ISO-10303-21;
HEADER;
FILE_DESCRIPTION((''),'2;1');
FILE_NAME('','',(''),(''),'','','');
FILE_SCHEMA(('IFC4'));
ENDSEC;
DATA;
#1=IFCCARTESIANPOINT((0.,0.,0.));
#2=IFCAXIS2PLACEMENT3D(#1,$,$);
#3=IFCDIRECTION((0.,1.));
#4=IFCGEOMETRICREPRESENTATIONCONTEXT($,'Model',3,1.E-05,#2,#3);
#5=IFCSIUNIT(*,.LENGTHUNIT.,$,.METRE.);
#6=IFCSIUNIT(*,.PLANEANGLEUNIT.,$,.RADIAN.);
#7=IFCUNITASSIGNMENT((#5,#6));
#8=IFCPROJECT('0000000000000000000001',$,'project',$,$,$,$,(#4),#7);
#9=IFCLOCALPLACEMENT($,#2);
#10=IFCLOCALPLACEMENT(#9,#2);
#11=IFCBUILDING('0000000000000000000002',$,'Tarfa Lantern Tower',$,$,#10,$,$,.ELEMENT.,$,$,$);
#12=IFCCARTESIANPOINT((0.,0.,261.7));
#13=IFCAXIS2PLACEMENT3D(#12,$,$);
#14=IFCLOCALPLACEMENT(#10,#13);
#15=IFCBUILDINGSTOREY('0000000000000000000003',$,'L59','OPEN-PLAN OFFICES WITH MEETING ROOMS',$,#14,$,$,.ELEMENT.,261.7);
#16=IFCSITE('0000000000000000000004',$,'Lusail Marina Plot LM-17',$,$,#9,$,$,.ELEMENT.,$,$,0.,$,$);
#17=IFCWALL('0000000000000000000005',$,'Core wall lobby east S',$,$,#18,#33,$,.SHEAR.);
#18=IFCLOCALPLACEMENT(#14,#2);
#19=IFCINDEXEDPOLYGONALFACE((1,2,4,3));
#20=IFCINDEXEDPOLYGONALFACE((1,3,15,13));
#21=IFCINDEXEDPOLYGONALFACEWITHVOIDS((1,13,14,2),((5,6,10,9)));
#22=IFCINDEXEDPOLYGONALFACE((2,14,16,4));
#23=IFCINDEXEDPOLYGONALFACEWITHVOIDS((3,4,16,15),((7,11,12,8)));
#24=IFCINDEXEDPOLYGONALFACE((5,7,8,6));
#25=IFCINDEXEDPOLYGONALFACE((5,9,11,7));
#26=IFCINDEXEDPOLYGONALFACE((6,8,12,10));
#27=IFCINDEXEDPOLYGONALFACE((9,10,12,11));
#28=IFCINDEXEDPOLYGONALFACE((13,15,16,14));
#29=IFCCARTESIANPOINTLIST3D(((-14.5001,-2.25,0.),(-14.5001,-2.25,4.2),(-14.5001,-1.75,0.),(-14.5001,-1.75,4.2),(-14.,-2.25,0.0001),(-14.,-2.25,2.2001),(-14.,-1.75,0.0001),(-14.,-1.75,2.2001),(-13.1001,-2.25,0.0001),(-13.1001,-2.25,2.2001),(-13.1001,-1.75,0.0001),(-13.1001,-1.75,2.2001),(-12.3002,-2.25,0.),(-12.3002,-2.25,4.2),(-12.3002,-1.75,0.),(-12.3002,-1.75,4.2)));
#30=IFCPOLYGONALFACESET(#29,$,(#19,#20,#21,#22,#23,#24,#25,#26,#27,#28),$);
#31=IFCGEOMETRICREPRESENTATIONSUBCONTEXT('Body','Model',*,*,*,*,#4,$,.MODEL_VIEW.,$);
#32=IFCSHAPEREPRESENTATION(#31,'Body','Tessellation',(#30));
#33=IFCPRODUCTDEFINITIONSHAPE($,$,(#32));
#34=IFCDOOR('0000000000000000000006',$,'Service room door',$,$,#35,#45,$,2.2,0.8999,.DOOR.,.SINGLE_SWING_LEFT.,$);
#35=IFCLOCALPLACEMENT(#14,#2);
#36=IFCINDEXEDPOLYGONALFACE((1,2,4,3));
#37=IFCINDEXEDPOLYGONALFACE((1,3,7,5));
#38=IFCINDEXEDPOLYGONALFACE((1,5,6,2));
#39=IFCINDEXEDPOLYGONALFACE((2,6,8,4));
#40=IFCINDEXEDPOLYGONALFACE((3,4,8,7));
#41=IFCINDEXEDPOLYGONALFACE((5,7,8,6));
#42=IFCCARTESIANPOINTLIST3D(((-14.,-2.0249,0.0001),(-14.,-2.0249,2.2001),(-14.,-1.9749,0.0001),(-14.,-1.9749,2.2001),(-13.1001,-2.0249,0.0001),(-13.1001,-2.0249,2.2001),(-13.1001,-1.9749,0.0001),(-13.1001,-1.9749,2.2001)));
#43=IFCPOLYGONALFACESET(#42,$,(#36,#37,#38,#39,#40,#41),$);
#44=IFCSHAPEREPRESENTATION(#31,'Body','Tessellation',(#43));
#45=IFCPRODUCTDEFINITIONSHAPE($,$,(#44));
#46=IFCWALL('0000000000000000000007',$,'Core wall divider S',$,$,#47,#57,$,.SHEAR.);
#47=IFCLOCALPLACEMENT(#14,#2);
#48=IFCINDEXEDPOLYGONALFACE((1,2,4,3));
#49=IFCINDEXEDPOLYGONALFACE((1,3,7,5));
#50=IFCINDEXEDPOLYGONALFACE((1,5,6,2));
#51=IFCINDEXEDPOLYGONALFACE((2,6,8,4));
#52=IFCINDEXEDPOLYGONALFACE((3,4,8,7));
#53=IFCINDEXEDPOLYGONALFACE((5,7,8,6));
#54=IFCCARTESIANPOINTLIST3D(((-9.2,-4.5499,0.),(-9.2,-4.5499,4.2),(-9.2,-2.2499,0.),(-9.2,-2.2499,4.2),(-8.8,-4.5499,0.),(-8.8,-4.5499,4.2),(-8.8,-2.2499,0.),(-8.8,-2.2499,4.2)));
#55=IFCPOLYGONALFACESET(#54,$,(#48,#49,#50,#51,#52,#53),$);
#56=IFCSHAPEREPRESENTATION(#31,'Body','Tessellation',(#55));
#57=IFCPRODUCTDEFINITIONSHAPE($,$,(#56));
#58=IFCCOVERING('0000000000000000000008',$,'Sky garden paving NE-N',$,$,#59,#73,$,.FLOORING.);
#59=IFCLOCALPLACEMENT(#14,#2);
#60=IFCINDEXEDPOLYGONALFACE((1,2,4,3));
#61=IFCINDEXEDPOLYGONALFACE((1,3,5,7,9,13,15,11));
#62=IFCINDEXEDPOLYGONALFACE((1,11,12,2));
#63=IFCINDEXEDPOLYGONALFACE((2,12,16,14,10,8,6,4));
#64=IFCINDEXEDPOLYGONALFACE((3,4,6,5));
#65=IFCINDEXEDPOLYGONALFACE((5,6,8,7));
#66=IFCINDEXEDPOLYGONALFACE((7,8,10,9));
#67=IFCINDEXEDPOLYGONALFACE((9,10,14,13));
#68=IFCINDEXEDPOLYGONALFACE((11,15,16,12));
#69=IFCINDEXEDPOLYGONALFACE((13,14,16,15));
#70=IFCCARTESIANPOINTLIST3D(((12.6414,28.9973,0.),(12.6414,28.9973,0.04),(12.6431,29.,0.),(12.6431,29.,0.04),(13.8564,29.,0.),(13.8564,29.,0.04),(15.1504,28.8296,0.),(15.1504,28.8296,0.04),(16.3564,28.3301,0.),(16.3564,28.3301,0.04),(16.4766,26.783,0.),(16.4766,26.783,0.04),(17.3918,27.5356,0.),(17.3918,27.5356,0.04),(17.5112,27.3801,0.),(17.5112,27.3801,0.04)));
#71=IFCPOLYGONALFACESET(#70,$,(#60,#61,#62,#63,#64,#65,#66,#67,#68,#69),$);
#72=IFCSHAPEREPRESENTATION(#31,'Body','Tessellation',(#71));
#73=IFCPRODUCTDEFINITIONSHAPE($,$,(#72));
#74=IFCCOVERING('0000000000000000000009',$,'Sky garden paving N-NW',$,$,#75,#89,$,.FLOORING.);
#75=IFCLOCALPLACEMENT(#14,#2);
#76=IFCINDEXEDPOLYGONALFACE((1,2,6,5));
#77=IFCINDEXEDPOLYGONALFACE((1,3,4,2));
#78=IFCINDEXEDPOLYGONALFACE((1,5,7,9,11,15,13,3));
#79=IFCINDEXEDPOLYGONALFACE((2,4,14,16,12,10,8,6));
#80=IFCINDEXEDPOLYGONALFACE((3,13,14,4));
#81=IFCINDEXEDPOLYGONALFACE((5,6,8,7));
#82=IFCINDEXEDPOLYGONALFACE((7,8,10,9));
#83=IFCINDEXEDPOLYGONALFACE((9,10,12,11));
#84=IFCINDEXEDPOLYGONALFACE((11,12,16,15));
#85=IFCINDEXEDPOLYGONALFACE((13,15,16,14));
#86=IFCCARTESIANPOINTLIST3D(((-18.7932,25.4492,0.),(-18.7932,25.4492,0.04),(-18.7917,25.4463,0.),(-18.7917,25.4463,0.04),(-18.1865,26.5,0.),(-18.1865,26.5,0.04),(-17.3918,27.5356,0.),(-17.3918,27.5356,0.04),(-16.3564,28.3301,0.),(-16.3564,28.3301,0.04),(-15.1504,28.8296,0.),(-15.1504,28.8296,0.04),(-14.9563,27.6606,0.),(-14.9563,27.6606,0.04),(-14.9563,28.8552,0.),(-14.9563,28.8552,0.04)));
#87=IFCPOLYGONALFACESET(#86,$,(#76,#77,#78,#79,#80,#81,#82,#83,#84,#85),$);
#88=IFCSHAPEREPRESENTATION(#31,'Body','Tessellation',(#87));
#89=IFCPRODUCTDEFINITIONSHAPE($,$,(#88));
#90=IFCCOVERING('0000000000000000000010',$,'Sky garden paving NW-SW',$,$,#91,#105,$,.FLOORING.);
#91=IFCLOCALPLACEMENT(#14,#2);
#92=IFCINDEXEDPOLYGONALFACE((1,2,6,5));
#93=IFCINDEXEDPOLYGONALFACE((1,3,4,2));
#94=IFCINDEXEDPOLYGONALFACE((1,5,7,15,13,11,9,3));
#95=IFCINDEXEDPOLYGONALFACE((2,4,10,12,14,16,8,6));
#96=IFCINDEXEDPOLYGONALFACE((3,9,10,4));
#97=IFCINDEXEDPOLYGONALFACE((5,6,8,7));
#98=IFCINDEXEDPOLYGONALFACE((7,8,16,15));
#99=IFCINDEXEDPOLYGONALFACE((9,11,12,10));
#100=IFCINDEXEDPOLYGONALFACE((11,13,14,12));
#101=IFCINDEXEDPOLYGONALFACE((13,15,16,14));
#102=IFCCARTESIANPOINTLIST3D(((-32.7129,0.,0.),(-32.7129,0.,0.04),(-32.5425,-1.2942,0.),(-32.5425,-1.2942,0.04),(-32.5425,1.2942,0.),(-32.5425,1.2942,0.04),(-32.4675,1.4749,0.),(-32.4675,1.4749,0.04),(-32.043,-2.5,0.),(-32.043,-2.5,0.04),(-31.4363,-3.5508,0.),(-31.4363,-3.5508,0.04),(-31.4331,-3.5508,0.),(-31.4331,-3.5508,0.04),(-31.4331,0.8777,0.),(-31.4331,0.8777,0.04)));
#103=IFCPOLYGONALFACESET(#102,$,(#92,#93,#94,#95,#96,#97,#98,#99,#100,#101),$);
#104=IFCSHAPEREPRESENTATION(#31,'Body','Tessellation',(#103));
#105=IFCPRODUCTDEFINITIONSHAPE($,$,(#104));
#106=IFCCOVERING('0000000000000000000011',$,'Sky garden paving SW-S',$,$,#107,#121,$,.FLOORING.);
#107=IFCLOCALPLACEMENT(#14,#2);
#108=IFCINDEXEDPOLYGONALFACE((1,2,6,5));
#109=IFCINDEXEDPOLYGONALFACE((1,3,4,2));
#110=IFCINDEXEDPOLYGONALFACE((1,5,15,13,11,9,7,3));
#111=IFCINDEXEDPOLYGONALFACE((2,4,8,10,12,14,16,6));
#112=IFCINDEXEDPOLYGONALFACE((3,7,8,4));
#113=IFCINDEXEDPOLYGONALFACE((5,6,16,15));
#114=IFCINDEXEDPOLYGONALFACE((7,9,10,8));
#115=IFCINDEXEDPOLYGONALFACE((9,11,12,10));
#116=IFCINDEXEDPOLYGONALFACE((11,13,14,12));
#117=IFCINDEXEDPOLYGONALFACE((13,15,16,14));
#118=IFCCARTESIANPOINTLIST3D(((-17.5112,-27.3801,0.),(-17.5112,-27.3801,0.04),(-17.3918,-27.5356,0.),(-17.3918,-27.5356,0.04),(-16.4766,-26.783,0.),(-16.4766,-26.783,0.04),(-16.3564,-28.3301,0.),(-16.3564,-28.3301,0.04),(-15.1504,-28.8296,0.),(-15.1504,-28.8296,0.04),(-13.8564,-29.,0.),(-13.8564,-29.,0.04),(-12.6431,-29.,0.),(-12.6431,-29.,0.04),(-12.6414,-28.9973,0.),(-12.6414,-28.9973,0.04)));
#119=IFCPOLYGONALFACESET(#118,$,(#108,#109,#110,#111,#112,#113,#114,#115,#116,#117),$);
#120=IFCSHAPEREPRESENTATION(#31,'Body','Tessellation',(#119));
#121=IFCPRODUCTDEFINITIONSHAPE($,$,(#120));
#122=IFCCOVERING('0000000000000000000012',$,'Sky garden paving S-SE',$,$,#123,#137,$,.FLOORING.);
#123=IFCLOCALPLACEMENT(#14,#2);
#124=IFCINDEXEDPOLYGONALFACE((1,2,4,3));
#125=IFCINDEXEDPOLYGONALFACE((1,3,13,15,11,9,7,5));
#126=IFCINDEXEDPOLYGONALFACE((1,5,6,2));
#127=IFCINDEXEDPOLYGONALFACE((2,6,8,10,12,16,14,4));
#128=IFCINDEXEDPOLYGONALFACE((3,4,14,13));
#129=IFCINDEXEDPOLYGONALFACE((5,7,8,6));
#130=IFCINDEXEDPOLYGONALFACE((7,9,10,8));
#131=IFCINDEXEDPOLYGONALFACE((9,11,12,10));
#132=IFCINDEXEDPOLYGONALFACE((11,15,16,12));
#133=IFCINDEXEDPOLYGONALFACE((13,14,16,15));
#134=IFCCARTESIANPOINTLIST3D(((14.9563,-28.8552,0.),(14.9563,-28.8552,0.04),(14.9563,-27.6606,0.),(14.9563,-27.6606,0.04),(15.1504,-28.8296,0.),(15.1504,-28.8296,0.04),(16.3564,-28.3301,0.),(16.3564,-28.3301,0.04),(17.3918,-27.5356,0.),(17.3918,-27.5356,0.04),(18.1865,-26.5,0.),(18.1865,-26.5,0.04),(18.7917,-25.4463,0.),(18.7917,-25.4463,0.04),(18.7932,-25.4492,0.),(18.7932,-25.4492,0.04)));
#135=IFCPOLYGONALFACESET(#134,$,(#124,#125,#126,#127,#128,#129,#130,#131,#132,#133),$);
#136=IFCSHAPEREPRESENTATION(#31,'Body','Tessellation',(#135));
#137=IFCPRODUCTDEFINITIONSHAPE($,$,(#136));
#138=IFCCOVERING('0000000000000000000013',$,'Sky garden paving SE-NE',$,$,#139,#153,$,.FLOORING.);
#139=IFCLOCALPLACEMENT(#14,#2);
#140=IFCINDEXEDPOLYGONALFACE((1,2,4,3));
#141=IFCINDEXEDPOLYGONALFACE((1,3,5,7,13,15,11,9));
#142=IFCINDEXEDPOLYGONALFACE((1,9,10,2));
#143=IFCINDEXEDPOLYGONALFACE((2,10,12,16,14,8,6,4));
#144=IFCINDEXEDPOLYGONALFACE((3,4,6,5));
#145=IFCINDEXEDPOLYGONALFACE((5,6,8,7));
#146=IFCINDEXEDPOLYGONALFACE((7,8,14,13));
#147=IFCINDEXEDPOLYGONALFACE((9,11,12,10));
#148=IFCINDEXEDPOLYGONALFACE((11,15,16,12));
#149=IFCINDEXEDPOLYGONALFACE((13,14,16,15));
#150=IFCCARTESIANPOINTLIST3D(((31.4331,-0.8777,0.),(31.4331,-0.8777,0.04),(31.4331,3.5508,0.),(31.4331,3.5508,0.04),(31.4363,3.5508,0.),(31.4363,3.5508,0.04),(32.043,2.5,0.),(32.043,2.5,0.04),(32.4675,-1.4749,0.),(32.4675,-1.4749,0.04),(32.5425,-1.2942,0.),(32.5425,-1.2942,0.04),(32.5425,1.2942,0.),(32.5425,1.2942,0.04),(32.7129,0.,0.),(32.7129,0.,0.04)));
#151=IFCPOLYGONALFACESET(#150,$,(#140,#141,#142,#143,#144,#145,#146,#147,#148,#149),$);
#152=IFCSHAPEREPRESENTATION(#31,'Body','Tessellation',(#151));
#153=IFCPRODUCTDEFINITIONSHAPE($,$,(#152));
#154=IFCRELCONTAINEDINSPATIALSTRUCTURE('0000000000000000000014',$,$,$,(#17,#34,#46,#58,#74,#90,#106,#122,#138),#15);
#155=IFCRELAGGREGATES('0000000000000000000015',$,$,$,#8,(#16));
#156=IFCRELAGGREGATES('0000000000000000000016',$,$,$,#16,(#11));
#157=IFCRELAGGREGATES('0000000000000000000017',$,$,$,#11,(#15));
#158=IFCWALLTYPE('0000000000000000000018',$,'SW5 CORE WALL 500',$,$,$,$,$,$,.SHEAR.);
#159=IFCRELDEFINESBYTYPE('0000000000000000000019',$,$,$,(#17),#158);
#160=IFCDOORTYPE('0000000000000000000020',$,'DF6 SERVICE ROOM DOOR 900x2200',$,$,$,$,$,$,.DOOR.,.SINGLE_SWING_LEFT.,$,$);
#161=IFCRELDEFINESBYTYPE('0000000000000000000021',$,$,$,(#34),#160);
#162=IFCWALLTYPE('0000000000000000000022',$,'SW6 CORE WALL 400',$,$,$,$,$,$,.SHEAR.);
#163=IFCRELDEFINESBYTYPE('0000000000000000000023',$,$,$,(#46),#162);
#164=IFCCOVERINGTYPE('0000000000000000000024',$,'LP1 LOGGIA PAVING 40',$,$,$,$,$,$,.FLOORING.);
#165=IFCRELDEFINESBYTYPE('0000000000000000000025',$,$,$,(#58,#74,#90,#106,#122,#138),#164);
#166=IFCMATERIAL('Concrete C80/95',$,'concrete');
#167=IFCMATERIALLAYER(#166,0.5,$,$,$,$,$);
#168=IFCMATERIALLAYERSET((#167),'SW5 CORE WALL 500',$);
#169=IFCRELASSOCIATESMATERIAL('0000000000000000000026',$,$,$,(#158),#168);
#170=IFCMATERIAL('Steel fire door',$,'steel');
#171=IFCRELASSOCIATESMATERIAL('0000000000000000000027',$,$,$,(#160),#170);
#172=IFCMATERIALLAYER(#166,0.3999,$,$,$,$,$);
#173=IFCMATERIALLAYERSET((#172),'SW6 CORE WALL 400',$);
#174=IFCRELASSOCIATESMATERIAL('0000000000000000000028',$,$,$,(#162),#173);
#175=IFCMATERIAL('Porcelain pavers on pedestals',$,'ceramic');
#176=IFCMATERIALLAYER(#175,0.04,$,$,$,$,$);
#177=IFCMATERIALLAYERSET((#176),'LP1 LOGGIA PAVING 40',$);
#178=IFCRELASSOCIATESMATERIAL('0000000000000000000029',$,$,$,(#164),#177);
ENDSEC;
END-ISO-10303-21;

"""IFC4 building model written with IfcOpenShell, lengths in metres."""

from ifc_helpers import new_model, si_unit, direction, frame, frame_2d, origin, place, context, subcontext, project, spatial, polyline, rectangle, outline, extrude, material, layer, layer_set, type_object, element, fill, save


model = new_model("IFC4")

# Units and contexts
model_context = context("Model", 3, precision=1e-05, world=origin(), true_north=direction((0.0, 1.0)))
body_context = subcontext(model_context, "Body", "Model", "MODEL_VIEW")
ifc_project = project(units=[si_unit("LENGTHUNIT", "METRE"), si_unit("PLANEANGLEUNIT", "RADIAN")], contexts=[model_context])

# Site, building, storey
site_placement = place(None, origin())
site = spatial("IfcSite", under=ifc_project, at=site_placement, Name="Lusail Marina Plot LM-17", CompositionType="ELEMENT", RefElevation=0.0)
building_placement = place(site_placement, origin())
building = spatial("IfcBuilding", under=site, at=building_placement, Name="Tarfa Lantern Tower", CompositionType="ELEMENT")
storey_placement = place(building_placement, frame((0.0, 0.0, 261.7)))
storey = spatial("IfcBuildingStorey", under=building, at=storey_placement, Name="L59", Description="OPEN-PLAN OFFICES WITH MEETING ROOMS", CompositionType="ELEMENT", Elevation=261.7)

# Wall, opening, door
ifc_material_1 = material(Name="Concrete C80/95", Category="concrete")
ifc_layer_1 = layer(ifc_material_1, 0.5)
ifc_layer_set_1 = layer_set([ifc_layer_1], Name="SW5 CORE WALL 500")
wall_type_1 = type_object("IfcWallType", Name="SW5 CORE WALL 500", PredefinedType="SHEAR", material=ifc_layer_set_1)
wall_1_placement = place(storey_placement, frame((-12.3, -2.0, 0.0), z_axis=(0.0, 0.0, 1.0), x_axis=(-1.0, 0.0, 0.0)))
wall_1 = element("IfcWall", 1, at=wall_1_placement, inside=storey, type_object=wall_type_1, Name="Core wall lobby east S", PredefinedType="SHEAR", context=body_context, shape_type="SweptSolid", body=[
    extrude(rectangle(XDim=2.2, YDim=0.5, at=frame_2d((1.1001, 0.0))), origin(), (0.0, 0.0, 1.0), 4.2),
])
opening_1_placement = place(wall_1_placement, frame((0.8, 0.0, 0.0)))
opening_1 = element("IfcOpeningElement", 2, at=opening_1_placement, cuts=wall_1, PredefinedType="OPENING", context=body_context, shape_type="SweptSolid", body=[
    extrude(rectangle(XDim=0.8999, YDim=2.2, at=frame_2d((0.45, 1.1001))), frame((0.0, 0.26, 0.0), z_axis=(0.0, -1.0, 0.0), x_axis=(1.0, 0.0, 0.0)), (0.0, 0.0, 1.0), 0.52),
])
ifc_material_2 = material(Name="Steel fire door", Category="steel")
door_type_1 = type_object("IfcDoorType", Name="DF6 SERVICE ROOM DOOR 900x2200", OperationType="SINGLE_SWING_LEFT", PredefinedType="DOOR", material=ifc_material_2)
door_1_placement = place(opening_1_placement, origin())
door_1 = element("IfcDoor", 3, at=door_1_placement, inside=storey, type_object=door_type_1, Name="Service room door", OperationType="SINGLE_SWING_LEFT", OverallHeight=2.2, OverallWidth=0.8999, PredefinedType="DOOR", context=body_context, shape_type="SweptSolid", body=[
    extrude(rectangle(XDim=0.8999, YDim=2.2, at=frame_2d((0.45, 1.1001))), frame((0.0, 0.0249, 0.0), z_axis=(0.0, -1.0, 0.0), x_axis=(1.0, 0.0, 0.0)), (0.0, 0.0, 1.0), 0.05),
])
fill(opening_1, door_1)

# Wall
ifc_layer_2 = layer(ifc_material_1, 0.3999)
ifc_layer_set_2 = layer_set([ifc_layer_2], Name="SW6 CORE WALL 400")
wall_type_2 = type_object("IfcWallType", Name="SW6 CORE WALL 400", PredefinedType="SHEAR", material=ifc_layer_set_2)
wall_2_placement = place(storey_placement, frame((-9.0, -2.25, 0.0), z_axis=(0.0, 0.0, 1.0), x_axis=(0.0, -1.0, 0.0)))
element("IfcWall", 4, at=wall_2_placement, inside=storey, type_object=wall_type_2, Name="Core wall divider S", PredefinedType="SHEAR", context=body_context, shape_type="SweptSolid", body=[
    extrude(rectangle(XDim=2.3, YDim=0.3999, at=frame_2d((1.1499, 0.0))), origin(), (0.0, 0.0, 1.0), 4.2),
])

# Coverings
ifc_material_3 = material(Name="Porcelain pavers on pedestals", Category="ceramic")
ifc_layer_3 = layer(ifc_material_3, 0.04)
ifc_layer_set_3 = layer_set([ifc_layer_3], Name="LP1 LOGGIA PAVING 40")
covering_type = type_object("IfcCoveringType", Name="LP1 LOGGIA PAVING 40", PredefinedType="FLOORING", material=ifc_layer_set_3)
covering_1_placement = place(storey_placement, origin())
element("IfcCovering", 5, at=covering_1_placement, inside=storey, type_object=covering_type, Name="Sky garden paving NE-N", PredefinedType="FLOORING", context=body_context, shape_type="SweptSolid", body=[
    extrude(outline(polyline([(15.1504, 28.8296), (16.3564, 28.3301), (17.3918, 27.5356), (17.5112, 27.3801), (16.4766, 26.783), (12.6414, 28.9973), (12.6431, 29.0), (13.8564, 29.0), (15.1504, 28.8296)])), origin(), (0.0, 0.0, 1.0), 0.04),
])
covering_2_placement = place(storey_placement, origin())
element("IfcCovering", 6, at=covering_2_placement, inside=storey, type_object=covering_type, Name="Sky garden paving N-NW", PredefinedType="FLOORING", context=body_context, shape_type="SweptSolid", body=[
    extrude(outline(polyline([(-17.3918, 27.5356), (-16.3564, 28.3301), (-15.1504, 28.8296), (-14.9563, 28.8552), (-14.9563, 27.6606), (-18.7917, 25.4463), (-18.7932, 25.4492), (-18.1865, 26.5), (-17.3918, 27.5356)])), origin(), (0.0, 0.0, 1.0), 0.04),
])
covering_3_placement = place(storey_placement, origin())
element("IfcCovering", 7, at=covering_3_placement, inside=storey, type_object=covering_type, Name="Sky garden paving NW-SW", PredefinedType="FLOORING", context=body_context, shape_type="SweptSolid", body=[
    extrude(outline(polyline([(-32.5425, -1.2942), (-32.7129, 0.0), (-32.5425, 1.2942), (-32.4675, 1.4749), (-31.4331, 0.8777), (-31.4331, -3.5508), (-31.4363, -3.5508), (-32.043, -2.5), (-32.5425, -1.2942)])), origin(), (0.0, 0.0, 1.0), 0.04),
])
covering_4_placement = place(storey_placement, origin())
element("IfcCovering", 8, at=covering_4_placement, inside=storey, type_object=covering_type, Name="Sky garden paving SW-S", PredefinedType="FLOORING", context=body_context, shape_type="SweptSolid", body=[
    extrude(outline(polyline([(-15.1504, -28.8296), (-16.3564, -28.3301), (-17.3918, -27.5356), (-17.5112, -27.3801), (-16.4766, -26.783), (-12.6414, -28.9973), (-12.6431, -29.0), (-13.8564, -29.0), (-15.1504, -28.8296)])), origin(), (0.0, 0.0, 1.0), 0.04),
])
covering_5_placement = place(storey_placement, origin())
element("IfcCovering", 9, at=covering_5_placement, inside=storey, type_object=covering_type, Name="Sky garden paving S-SE", PredefinedType="FLOORING", context=body_context, shape_type="SweptSolid", body=[
    extrude(outline(polyline([(17.3918, -27.5356), (16.3564, -28.3301), (15.1504, -28.8296), (14.9563, -28.8552), (14.9563, -27.6606), (18.7917, -25.4463), (18.7932, -25.4492), (18.1865, -26.5), (17.3918, -27.5356)])), origin(), (0.0, 0.0, 1.0), 0.04),
])
covering_6_placement = place(storey_placement, origin())
element("IfcCovering", 10, at=covering_6_placement, inside=storey, type_object=covering_type, Name="Sky garden paving SE-NE", PredefinedType="FLOORING", context=body_context, shape_type="SweptSolid", body=[
    extrude(outline(polyline([(32.5425, 1.2942), (32.7129, 0.0), (32.5425, -1.2942), (32.4675, -1.4749), (31.4331, -0.8777), (31.4331, 3.5508), (31.4363, 3.5508), (32.043, 2.5), (32.5425, 1.2942)])), origin(), (0.0, 0.0, 1.0), 0.04),
])

save(model, "model.ifc")
